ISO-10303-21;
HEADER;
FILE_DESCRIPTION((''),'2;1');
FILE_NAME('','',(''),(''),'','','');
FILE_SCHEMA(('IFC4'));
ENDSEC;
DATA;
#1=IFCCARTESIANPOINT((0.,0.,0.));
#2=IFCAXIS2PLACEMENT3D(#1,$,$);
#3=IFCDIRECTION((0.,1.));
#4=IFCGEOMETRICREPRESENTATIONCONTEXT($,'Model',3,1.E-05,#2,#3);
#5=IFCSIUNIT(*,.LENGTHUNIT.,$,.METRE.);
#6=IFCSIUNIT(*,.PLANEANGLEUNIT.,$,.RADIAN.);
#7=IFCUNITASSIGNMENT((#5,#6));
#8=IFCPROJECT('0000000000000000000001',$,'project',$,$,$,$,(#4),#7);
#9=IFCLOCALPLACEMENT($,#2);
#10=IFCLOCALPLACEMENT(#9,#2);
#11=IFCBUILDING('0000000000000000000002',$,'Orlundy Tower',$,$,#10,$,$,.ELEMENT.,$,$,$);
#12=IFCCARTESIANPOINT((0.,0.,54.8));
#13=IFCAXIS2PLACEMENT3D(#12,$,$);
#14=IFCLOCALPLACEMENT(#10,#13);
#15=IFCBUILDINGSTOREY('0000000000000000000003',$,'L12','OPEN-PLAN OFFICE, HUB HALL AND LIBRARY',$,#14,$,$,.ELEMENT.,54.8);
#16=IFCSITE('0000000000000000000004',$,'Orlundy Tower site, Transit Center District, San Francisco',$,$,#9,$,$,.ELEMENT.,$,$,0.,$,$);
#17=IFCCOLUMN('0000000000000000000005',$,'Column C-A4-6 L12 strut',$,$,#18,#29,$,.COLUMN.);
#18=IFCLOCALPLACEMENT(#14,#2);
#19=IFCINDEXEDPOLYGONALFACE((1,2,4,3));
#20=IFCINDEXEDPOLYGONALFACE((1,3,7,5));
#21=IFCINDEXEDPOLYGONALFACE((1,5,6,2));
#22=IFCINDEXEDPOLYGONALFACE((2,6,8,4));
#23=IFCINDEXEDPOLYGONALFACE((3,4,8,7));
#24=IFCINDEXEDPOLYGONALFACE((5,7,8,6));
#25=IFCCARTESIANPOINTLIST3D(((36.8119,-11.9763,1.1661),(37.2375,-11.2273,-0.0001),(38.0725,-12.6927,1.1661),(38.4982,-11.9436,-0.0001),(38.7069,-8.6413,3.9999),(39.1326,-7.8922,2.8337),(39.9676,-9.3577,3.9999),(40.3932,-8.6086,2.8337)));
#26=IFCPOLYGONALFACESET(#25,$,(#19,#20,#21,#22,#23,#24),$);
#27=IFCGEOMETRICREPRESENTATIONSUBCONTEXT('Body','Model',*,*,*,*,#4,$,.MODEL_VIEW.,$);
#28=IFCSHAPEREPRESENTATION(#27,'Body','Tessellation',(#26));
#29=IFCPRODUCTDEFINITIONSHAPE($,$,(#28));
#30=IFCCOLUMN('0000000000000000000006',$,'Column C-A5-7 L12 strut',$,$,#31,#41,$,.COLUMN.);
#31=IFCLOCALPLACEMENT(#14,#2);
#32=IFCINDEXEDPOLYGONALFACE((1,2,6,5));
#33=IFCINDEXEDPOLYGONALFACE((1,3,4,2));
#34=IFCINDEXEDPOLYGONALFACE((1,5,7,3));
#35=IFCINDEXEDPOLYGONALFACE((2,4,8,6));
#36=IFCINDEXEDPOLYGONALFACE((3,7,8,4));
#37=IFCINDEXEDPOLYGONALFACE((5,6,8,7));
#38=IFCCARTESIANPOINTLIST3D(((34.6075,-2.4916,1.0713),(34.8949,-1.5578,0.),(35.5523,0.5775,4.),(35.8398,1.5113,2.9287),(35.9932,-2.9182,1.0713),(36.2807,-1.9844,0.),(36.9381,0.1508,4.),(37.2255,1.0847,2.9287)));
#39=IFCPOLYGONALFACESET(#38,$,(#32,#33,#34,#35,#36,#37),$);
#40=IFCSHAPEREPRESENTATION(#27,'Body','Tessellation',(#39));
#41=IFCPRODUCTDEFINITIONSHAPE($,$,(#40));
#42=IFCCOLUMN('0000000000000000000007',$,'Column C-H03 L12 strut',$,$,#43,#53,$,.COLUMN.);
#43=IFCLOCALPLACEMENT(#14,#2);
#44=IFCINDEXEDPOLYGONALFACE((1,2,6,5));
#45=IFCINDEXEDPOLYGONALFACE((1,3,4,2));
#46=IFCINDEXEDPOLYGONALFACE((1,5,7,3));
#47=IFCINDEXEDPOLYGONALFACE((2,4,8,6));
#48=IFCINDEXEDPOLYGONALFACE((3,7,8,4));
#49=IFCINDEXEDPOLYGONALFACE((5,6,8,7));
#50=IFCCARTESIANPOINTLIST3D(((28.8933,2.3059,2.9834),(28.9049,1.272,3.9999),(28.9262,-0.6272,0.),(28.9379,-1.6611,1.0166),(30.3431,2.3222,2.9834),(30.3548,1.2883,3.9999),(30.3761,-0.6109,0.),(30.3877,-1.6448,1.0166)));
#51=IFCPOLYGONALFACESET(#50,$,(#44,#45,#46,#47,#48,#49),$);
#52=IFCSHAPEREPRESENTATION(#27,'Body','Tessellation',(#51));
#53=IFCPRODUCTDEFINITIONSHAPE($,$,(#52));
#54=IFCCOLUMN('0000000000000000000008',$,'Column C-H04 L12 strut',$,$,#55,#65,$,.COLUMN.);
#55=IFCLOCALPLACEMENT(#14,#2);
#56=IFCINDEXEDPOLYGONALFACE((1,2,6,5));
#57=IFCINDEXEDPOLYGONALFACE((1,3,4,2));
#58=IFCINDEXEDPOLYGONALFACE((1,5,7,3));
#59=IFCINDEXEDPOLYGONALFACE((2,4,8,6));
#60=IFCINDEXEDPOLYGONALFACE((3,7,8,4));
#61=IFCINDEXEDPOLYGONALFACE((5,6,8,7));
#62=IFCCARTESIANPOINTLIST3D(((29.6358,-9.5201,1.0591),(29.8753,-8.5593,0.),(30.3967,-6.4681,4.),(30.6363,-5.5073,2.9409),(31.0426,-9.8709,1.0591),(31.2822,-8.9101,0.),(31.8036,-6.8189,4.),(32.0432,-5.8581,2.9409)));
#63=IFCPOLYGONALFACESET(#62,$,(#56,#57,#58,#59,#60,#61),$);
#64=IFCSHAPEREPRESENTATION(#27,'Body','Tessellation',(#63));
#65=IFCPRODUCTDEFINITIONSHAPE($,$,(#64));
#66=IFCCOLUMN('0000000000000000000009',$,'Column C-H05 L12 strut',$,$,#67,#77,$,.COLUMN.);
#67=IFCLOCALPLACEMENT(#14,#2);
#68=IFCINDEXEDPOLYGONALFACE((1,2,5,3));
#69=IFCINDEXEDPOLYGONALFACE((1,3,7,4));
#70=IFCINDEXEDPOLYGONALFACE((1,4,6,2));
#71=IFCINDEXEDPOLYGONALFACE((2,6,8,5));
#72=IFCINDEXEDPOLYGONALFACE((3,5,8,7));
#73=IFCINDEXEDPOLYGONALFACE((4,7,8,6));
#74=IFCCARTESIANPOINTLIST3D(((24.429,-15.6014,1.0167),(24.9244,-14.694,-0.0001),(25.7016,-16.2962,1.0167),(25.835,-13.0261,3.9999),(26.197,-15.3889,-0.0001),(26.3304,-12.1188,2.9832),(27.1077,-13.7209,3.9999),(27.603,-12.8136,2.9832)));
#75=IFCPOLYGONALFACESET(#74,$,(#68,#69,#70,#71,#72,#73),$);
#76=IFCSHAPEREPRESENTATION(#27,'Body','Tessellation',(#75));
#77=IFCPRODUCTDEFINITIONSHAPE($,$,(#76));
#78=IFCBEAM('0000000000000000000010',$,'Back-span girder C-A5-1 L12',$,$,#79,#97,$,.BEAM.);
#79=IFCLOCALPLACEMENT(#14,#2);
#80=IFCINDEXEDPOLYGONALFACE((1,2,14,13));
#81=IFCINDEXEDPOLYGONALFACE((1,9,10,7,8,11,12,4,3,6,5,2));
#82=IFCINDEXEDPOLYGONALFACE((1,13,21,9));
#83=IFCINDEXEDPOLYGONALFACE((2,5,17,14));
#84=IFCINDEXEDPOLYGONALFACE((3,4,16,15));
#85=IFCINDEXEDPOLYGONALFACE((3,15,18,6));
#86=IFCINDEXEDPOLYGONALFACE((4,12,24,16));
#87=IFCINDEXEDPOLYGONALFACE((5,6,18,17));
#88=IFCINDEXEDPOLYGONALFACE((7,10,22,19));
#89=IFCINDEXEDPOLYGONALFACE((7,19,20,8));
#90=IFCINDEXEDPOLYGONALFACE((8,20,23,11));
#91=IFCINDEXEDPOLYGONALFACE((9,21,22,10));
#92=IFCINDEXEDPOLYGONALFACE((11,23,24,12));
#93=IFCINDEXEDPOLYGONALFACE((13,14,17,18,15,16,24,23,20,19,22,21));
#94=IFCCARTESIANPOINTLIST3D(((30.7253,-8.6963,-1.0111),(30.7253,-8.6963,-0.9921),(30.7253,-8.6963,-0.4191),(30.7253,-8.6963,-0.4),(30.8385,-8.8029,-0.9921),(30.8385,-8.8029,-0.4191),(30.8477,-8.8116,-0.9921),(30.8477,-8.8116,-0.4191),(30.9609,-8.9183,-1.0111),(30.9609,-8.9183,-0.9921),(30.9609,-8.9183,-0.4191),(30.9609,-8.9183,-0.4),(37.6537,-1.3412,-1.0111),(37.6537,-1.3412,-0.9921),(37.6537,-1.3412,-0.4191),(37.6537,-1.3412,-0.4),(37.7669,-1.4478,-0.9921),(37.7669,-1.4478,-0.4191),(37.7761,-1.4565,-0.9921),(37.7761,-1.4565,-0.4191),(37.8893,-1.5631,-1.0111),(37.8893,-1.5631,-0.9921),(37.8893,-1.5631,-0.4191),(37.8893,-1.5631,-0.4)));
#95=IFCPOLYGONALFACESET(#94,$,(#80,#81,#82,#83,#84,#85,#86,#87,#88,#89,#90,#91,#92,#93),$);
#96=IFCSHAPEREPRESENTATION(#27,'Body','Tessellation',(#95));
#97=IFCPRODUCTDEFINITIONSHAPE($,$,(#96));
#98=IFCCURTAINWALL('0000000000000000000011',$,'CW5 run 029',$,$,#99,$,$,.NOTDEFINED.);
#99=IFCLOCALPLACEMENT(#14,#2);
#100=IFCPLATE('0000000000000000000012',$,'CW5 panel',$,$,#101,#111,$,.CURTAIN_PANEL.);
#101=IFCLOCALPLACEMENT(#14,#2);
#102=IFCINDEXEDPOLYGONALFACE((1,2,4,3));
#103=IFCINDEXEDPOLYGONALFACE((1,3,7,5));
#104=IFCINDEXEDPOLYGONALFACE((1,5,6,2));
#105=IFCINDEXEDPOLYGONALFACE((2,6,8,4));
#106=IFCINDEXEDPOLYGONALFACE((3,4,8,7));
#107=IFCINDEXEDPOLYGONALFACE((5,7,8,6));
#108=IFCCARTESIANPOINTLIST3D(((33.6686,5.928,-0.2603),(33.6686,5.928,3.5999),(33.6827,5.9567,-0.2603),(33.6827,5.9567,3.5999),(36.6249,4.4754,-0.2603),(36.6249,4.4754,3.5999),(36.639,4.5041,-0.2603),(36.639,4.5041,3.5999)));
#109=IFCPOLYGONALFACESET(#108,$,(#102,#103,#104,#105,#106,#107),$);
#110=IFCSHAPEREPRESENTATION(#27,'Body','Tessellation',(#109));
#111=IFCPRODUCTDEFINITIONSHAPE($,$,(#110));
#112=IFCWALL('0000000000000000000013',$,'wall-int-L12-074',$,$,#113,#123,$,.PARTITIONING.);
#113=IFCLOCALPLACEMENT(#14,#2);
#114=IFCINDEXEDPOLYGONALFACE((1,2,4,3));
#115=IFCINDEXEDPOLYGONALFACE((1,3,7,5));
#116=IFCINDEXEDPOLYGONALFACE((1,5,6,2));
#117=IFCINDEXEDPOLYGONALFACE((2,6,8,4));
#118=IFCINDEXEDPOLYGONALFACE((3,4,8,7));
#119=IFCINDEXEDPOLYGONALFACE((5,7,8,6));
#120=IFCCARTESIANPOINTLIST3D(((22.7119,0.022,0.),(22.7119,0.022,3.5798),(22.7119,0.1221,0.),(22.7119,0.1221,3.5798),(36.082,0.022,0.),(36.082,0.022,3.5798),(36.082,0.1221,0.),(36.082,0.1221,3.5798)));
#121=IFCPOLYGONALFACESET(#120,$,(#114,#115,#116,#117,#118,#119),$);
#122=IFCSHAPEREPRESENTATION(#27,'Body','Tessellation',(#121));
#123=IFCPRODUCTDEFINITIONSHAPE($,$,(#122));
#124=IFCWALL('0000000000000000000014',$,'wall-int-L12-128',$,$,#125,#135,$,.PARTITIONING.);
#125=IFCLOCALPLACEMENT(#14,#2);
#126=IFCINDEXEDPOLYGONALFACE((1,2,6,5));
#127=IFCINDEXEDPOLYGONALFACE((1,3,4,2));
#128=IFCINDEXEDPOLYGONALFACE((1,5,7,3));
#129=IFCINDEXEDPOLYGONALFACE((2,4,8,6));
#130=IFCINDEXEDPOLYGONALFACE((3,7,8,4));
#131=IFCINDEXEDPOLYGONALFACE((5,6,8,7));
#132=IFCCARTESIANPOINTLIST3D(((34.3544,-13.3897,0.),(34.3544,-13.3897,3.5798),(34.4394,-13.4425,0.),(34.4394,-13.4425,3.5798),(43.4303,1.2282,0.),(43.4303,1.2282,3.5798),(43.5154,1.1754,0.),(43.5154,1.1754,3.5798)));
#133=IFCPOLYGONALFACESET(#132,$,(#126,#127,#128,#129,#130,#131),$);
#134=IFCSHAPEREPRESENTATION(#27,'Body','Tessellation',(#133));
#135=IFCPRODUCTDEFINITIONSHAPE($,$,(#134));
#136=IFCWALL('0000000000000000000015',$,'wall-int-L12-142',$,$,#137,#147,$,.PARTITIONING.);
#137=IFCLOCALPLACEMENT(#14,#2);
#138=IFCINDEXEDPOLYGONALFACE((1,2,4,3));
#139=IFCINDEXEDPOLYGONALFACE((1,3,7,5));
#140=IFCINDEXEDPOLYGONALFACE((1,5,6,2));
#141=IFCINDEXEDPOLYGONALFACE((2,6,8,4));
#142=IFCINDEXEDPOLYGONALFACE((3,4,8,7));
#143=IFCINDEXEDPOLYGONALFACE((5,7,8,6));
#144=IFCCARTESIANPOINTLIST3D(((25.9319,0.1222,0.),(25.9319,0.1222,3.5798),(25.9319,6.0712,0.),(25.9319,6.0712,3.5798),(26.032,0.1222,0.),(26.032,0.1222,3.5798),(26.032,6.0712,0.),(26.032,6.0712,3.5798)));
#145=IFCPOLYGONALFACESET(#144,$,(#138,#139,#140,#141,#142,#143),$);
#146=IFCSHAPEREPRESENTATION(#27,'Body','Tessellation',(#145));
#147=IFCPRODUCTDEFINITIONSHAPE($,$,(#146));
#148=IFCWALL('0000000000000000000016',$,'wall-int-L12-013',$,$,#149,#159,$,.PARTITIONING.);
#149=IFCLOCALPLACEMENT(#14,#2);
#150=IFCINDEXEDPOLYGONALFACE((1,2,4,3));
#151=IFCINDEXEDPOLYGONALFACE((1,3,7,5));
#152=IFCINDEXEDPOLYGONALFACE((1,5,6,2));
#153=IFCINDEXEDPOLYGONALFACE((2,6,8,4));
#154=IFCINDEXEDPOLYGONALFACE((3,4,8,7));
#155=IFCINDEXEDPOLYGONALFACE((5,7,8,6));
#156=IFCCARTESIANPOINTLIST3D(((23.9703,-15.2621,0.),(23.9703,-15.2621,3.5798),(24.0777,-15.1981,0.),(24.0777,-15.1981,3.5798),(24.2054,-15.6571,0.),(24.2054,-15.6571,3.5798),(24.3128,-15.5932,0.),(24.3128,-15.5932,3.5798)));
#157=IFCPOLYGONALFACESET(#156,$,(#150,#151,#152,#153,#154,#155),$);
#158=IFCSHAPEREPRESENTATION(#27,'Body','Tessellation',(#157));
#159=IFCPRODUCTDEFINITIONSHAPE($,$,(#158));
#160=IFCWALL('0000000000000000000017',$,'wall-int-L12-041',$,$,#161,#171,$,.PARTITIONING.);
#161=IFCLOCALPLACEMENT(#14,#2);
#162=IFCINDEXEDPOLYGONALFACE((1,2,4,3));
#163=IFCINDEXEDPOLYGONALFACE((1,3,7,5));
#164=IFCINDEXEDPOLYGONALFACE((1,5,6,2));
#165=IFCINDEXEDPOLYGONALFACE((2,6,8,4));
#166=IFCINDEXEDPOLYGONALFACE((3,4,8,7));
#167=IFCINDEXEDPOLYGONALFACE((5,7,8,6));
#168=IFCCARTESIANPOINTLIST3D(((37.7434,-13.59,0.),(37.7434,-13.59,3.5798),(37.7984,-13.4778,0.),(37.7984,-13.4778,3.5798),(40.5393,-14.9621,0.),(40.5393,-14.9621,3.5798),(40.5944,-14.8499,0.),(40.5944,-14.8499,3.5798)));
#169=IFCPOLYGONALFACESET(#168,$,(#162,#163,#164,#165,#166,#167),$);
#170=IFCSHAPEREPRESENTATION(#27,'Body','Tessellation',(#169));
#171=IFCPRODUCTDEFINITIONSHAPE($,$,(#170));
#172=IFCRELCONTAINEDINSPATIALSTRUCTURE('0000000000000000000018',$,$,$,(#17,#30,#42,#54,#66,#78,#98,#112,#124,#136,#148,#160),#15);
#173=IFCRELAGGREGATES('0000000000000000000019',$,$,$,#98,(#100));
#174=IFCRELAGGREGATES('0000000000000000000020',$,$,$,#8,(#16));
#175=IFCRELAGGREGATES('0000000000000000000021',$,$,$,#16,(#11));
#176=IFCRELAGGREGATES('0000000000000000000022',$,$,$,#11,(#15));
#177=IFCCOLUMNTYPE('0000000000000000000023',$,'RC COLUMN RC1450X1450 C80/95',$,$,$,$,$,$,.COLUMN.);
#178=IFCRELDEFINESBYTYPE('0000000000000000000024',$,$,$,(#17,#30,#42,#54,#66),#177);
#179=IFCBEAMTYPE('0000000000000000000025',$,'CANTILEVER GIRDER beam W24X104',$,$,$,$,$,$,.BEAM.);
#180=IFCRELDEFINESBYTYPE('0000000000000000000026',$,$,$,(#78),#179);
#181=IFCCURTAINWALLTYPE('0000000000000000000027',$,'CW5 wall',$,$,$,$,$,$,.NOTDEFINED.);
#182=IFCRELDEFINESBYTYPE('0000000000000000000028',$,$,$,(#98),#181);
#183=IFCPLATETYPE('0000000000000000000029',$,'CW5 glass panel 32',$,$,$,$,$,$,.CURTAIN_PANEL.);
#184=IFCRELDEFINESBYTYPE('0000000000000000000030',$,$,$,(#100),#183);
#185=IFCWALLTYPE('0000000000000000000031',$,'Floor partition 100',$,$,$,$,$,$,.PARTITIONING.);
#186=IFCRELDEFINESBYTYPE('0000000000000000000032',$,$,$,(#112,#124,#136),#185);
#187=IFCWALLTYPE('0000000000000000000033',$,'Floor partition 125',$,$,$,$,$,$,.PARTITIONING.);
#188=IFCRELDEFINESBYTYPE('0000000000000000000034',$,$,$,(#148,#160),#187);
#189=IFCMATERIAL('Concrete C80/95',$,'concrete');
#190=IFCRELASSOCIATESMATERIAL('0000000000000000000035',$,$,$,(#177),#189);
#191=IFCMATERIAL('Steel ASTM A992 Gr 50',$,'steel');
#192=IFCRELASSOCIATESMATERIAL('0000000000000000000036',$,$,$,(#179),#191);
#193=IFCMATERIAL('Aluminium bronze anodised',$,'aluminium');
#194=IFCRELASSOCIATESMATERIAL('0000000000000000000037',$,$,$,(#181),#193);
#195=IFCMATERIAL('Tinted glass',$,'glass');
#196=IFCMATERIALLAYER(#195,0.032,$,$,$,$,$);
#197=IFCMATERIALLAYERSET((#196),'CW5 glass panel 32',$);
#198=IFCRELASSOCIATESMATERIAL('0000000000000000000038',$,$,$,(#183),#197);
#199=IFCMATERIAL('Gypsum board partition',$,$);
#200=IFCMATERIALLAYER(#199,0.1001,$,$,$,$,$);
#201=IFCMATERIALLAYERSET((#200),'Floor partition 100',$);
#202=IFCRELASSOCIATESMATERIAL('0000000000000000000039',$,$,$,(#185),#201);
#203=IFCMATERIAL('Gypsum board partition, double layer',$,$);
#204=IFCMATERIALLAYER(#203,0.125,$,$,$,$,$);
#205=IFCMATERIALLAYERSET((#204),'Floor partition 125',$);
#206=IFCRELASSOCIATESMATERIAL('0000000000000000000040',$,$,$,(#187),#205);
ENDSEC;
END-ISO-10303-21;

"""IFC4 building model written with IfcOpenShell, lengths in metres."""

from ifc_helpers import new_model, si_unit, direction, frame, frame_2d, origin, origin_2d, place, context, subcontext, project, spatial, rectangle, i_section, extrude, material, layer, layer_set, material_profile, profile_set, type_object, element, aggregate, save


model = new_model("IFC4")

# Units and contexts
model_context = context("Model", 3, precision=1e-05, world=origin(), true_north=direction((0.0, 1.0)))
body_context = subcontext(model_context, "Body", "Model", "MODEL_VIEW")
ifc_project = project(units=[si_unit("LENGTHUNIT", "METRE"), si_unit("PLANEANGLEUNIT", "RADIAN")], contexts=[model_context])

# Site, building, storey
site_placement = place(None, origin())
site = spatial("IfcSite", under=ifc_project, at=site_placement, Name="Orlundy Tower site, Transit Center District, San Francisco", CompositionType="ELEMENT", RefElevation=0.0)
building_placement = place(site_placement, origin())
building = spatial("IfcBuilding", under=site, at=building_placement, Name="Orlundy Tower", CompositionType="ELEMENT")
storey_placement = place(building_placement, frame((0.0, 0.0, 54.8)))
storey = spatial("IfcBuildingStorey", under=building, at=storey_placement, Name="L12", Description="OPEN-PLAN OFFICE, HUB HALL AND LIBRARY", CompositionType="ELEMENT", Elevation=54.8)

# Columns
ifc_material_1 = material(Name="Concrete C80/95", Category="concrete")
ifc_material_profile_1 = material_profile(ifc_material_1, rectangle(XDim=1.45, YDim=1.45, at=origin_2d()), Name="RC1450X1450")
ifc_profile_set_1 = profile_set([ifc_material_profile_1], Name="Concrete C80/95")
column_type = type_object("IfcColumnType", Name="RC COLUMN RC1450X1450 C80/95", PredefinedType="COLUMN", material=ifc_profile_set_1)
column_1_placement = place(storey_placement, frame((37.655, -11.96, 0.583), z_axis=(0.397364, 0.699303, 0.594203), x_axis=(-0.869439, 0.49404, 0.0)))
element("IfcColumn", 1, at=column_1_placement, inside=storey, type_object=column_type, Name="Column C-A4-6 L12 strut", PredefinedType="COLUMN", context=body_context, shape_type="SweptSolid", body=[
    extrude(rectangle(XDim=1.45, YDim=1.45, at=origin_2d()), origin(), (0.0, 0.0, 1.0), 4.769),
])
column_2_placement = place(storey_placement, frame((35.4441, -2.238, 0.5356), z_axis=(0.217391, 0.706157, 0.673857), x_axis=(-0.955736, 0.294225, 0.0)))
element("IfcColumn", 2, at=column_2_placement, inside=storey, type_object=column_type, Name="Column C-A5-7 L12 strut", PredefinedType="COLUMN", context=body_context, shape_type="SweptSolid", body=[
    extrude(rectangle(XDim=1.45, YDim=1.45, at=origin_2d()), origin(), (0.0, 0.0, 1.0), 4.3462),
])
column_3_placement = place(storey_placement, frame((29.657, -1.136, 0.5083), z_axis=(-0.007878, 0.701049, 0.71307), x_axis=(-0.999937, -0.011236, 0.0)))
element("IfcColumn", 3, at=column_3_placement, inside=storey, type_object=column_type, Name="Column C-H03 L12 strut", PredefinedType="COLUMN", context=body_context, shape_type="SweptSolid", body=[
    extrude(rectangle(XDim=1.45, YDim=1.45, at=origin_2d()), origin(), (0.0, 0.0, 1.0), 4.1838),
])
column_4_placement = place(storey_placement, frame((30.459, -9.2151, 0.5295), z_axis=(0.176721, 0.708756, 0.68296), x_axis=(-0.970293, 0.241933, 0.0)))
element("IfcColumn", 4, at=column_4_placement, inside=storey, type_object=column_type, Name="Column C-H04 L12 strut", PredefinedType="COLUMN", context=body_context, shape_type="SweptSolid", body=[
    extrude(rectangle(XDim=1.45, YDim=1.45, at=origin_2d()), origin(), (0.0, 0.0, 1.0), 4.3062),
])
column_5_placement = place(storey_placement, frame((25.313, -15.4951, 0.5083), z_axis=(0.336026, 0.615454, 0.712954), x_axis=(-0.877702, 0.479208, 0.0)))
element("IfcColumn", 5, at=column_5_placement, inside=storey, type_object=column_type, Name="Column C-H05 L12 strut", PredefinedType="COLUMN", context=body_context, shape_type="SweptSolid", body=[
    extrude(rectangle(XDim=1.45, YDim=1.45, at=origin_2d()), origin(), (0.0, 0.0, 1.0), 4.1843),
])

# Beam
ifc_material_2 = material(Name="Steel ASTM A992 Gr 50", Category="steel")
ifc_material_profile_2 = material_profile(ifc_material_2, i_section(OverallWidth=0.3237, OverallDepth=0.6111, WebThickness=0.0127, FlangeThickness=0.019, at=origin_2d()), Name="W24X104")
ifc_profile_set_2 = profile_set([ifc_material_profile_2], Name="Steel ASTM A992 Gr 50")
beam_type = type_object("IfcBeamType", Name="CANTILEVER GIRDER beam W24X104", PredefinedType="BEAM", material=ifc_profile_set_2)
beam_placement = place(storey_placement, frame((37.7715, -1.4521, -0.7056), z_axis=(-0.685674, -0.727908, 0.0), x_axis=(0.727908, -0.685674, 0.0)))
element("IfcBeam", 6, at=beam_placement, inside=storey, type_object=beam_type, Name="Back-span girder C-A5-1 L12", PredefinedType="BEAM", context=body_context, shape_type="SweptSolid", body=[
    extrude(i_section(OverallWidth=0.3237, OverallDepth=0.6111, WebThickness=0.0127, FlangeThickness=0.019, at=origin_2d()), origin(), (0.0, 0.0, 1.0), 10.1045),
])

# Curtain wall, plate
ifc_material_3 = material(Name="Aluminium bronze anodised", Category="aluminium")
curtain_wall_type = type_object("IfcCurtainWallType", Name="CW5 wall", PredefinedType="NOTDEFINED", material=ifc_material_3)
curtain_wall_placement = place(storey_placement, origin())
curtain_wall = element("IfcCurtainWall", 7, at=curtain_wall_placement, inside=storey, type_object=curtain_wall_type, Name="CW5 run 029", PredefinedType="NOTDEFINED")
ifc_material_4 = material(Name="Tinted glass", Category="glass")
ifc_layer_1 = layer(ifc_material_4, 0.032)
ifc_layer_set_1 = layer_set([ifc_layer_1], Name="CW5 glass panel 32")
plate_type = type_object("IfcPlateType", Name="CW5 glass panel 32", PredefinedType="CURTAIN_PANEL", material=ifc_layer_set_1)
plate_placement = place(storey_placement, frame((35.1538, 5.2161, -0.2603), z_axis=(0.0, 0.0, 1.0), x_axis=(0.897515, -0.440983, 0.0)))
plate = element("IfcPlate", 8, at=plate_placement, type_object=plate_type, Name="CW5 panel", PredefinedType="CURTAIN_PANEL", context=body_context, shape_type="SweptSolid", body=[
    extrude(rectangle(XDim=3.2939, YDim=0.032, at=origin_2d()), origin(), (0.0, 0.0, 1.0), 3.8601),
])
aggregate(curtain_wall, [plate])

# Walls
ifc_material_5 = material(Name="Gypsum board partition")
ifc_layer_2 = layer(ifc_material_5, 0.1001)
ifc_layer_set_2 = layer_set([ifc_layer_2], Name="Floor partition 100")
wall_type_1 = type_object("IfcWallType", Name="Floor partition 100", PredefinedType="PARTITIONING", material=ifc_layer_set_2)
wall_1_placement = place(storey_placement, frame((22.7119, 0.072, 0.0), z_axis=(0.0, 0.0, 1.0), x_axis=(1.0, 0.0, 0.0)))
element("IfcWall", 9, at=wall_1_placement, inside=storey, type_object=wall_type_1, Name="wall-int-L12-074", PredefinedType="PARTITIONING", context=body_context, shape_type="SweptSolid", body=[
    extrude(rectangle(XDim=13.3701, YDim=0.1001, at=frame_2d((6.6851, 0.0))), origin(), (0.0, 0.0, 1.0), 3.5798),
])
wall_2_placement = place(storey_placement, frame((34.397, -13.416, 0.0), z_axis=(0.0, 0.0, 1.0), x_axis=(0.527478, 0.849569, 0.0)))
element("IfcWall", 10, at=wall_2_placement, inside=storey, type_object=wall_type_1, Name="wall-int-L12-128", PredefinedType="PARTITIONING", context=body_context, shape_type="SweptSolid", body=[
    extrude(rectangle(XDim=17.2063, YDim=0.1001, at=frame_2d((8.603, 0.0))), origin(), (0.0, 0.0, 1.0), 3.5798),
])
wall_3_placement = place(storey_placement, frame((25.9819, 0.1221, 0.0), z_axis=(0.0, 0.0, 1.0), x_axis=(0.0, 1.0, 0.0)))
element("IfcWall", 11, at=wall_3_placement, inside=storey, type_object=wall_type_1, Name="wall-int-L12-142", PredefinedType="PARTITIONING", context=body_context, shape_type="SweptSolid", body=[
    extrude(rectangle(XDim=5.949, YDim=0.1001, at=frame_2d((2.9746, 0.0))), origin(), (0.0, 0.0, 1.0), 3.5798),
])
ifc_material_6 = material(Name="Gypsum board partition, double layer")
ifc_layer_3 = layer(ifc_material_6, 0.125)
ifc_layer_set_3 = layer_set([ifc_layer_3], Name="Floor partition 125")
wall_type_2 = type_object("IfcWallType", Name="Floor partition 125", PredefinedType="PARTITIONING", material=ifc_layer_set_3)
wall_4_placement = place(storey_placement, frame((24.0239, -15.23, 0.0), z_axis=(0.0, 0.0, 1.0), x_axis=(0.511447, -0.859315, 0.0)))
element("IfcWall", 12, at=wall_4_placement, inside=storey, type_object=wall_type_2, Name="wall-int-L12-013", PredefinedType="PARTITIONING", context=body_context, shape_type="SweptSolid", body=[
    extrude(rectangle(XDim=0.4597, YDim=0.125, at=frame_2d((0.23, 0.0))), origin(), (0.0, 0.0, 1.0), 3.5798),
])
wall_5_placement = place(storey_placement, frame((37.771, -13.5339, 0.0), z_axis=(0.0, 0.0, 1.0), x_axis=(0.897726, -0.440554, 0.0)))
element("IfcWall", 13, at=wall_5_placement, inside=storey, type_object=wall_type_2, Name="wall-int-L12-041", PredefinedType="PARTITIONING", context=body_context, shape_type="SweptSolid", body=[
    extrude(rectangle(XDim=3.1145, YDim=0.125, at=frame_2d((1.5571, 0.0))), origin(), (0.0, 0.0, 1.0), 3.5798),
])

save(model, "model.ifc")
